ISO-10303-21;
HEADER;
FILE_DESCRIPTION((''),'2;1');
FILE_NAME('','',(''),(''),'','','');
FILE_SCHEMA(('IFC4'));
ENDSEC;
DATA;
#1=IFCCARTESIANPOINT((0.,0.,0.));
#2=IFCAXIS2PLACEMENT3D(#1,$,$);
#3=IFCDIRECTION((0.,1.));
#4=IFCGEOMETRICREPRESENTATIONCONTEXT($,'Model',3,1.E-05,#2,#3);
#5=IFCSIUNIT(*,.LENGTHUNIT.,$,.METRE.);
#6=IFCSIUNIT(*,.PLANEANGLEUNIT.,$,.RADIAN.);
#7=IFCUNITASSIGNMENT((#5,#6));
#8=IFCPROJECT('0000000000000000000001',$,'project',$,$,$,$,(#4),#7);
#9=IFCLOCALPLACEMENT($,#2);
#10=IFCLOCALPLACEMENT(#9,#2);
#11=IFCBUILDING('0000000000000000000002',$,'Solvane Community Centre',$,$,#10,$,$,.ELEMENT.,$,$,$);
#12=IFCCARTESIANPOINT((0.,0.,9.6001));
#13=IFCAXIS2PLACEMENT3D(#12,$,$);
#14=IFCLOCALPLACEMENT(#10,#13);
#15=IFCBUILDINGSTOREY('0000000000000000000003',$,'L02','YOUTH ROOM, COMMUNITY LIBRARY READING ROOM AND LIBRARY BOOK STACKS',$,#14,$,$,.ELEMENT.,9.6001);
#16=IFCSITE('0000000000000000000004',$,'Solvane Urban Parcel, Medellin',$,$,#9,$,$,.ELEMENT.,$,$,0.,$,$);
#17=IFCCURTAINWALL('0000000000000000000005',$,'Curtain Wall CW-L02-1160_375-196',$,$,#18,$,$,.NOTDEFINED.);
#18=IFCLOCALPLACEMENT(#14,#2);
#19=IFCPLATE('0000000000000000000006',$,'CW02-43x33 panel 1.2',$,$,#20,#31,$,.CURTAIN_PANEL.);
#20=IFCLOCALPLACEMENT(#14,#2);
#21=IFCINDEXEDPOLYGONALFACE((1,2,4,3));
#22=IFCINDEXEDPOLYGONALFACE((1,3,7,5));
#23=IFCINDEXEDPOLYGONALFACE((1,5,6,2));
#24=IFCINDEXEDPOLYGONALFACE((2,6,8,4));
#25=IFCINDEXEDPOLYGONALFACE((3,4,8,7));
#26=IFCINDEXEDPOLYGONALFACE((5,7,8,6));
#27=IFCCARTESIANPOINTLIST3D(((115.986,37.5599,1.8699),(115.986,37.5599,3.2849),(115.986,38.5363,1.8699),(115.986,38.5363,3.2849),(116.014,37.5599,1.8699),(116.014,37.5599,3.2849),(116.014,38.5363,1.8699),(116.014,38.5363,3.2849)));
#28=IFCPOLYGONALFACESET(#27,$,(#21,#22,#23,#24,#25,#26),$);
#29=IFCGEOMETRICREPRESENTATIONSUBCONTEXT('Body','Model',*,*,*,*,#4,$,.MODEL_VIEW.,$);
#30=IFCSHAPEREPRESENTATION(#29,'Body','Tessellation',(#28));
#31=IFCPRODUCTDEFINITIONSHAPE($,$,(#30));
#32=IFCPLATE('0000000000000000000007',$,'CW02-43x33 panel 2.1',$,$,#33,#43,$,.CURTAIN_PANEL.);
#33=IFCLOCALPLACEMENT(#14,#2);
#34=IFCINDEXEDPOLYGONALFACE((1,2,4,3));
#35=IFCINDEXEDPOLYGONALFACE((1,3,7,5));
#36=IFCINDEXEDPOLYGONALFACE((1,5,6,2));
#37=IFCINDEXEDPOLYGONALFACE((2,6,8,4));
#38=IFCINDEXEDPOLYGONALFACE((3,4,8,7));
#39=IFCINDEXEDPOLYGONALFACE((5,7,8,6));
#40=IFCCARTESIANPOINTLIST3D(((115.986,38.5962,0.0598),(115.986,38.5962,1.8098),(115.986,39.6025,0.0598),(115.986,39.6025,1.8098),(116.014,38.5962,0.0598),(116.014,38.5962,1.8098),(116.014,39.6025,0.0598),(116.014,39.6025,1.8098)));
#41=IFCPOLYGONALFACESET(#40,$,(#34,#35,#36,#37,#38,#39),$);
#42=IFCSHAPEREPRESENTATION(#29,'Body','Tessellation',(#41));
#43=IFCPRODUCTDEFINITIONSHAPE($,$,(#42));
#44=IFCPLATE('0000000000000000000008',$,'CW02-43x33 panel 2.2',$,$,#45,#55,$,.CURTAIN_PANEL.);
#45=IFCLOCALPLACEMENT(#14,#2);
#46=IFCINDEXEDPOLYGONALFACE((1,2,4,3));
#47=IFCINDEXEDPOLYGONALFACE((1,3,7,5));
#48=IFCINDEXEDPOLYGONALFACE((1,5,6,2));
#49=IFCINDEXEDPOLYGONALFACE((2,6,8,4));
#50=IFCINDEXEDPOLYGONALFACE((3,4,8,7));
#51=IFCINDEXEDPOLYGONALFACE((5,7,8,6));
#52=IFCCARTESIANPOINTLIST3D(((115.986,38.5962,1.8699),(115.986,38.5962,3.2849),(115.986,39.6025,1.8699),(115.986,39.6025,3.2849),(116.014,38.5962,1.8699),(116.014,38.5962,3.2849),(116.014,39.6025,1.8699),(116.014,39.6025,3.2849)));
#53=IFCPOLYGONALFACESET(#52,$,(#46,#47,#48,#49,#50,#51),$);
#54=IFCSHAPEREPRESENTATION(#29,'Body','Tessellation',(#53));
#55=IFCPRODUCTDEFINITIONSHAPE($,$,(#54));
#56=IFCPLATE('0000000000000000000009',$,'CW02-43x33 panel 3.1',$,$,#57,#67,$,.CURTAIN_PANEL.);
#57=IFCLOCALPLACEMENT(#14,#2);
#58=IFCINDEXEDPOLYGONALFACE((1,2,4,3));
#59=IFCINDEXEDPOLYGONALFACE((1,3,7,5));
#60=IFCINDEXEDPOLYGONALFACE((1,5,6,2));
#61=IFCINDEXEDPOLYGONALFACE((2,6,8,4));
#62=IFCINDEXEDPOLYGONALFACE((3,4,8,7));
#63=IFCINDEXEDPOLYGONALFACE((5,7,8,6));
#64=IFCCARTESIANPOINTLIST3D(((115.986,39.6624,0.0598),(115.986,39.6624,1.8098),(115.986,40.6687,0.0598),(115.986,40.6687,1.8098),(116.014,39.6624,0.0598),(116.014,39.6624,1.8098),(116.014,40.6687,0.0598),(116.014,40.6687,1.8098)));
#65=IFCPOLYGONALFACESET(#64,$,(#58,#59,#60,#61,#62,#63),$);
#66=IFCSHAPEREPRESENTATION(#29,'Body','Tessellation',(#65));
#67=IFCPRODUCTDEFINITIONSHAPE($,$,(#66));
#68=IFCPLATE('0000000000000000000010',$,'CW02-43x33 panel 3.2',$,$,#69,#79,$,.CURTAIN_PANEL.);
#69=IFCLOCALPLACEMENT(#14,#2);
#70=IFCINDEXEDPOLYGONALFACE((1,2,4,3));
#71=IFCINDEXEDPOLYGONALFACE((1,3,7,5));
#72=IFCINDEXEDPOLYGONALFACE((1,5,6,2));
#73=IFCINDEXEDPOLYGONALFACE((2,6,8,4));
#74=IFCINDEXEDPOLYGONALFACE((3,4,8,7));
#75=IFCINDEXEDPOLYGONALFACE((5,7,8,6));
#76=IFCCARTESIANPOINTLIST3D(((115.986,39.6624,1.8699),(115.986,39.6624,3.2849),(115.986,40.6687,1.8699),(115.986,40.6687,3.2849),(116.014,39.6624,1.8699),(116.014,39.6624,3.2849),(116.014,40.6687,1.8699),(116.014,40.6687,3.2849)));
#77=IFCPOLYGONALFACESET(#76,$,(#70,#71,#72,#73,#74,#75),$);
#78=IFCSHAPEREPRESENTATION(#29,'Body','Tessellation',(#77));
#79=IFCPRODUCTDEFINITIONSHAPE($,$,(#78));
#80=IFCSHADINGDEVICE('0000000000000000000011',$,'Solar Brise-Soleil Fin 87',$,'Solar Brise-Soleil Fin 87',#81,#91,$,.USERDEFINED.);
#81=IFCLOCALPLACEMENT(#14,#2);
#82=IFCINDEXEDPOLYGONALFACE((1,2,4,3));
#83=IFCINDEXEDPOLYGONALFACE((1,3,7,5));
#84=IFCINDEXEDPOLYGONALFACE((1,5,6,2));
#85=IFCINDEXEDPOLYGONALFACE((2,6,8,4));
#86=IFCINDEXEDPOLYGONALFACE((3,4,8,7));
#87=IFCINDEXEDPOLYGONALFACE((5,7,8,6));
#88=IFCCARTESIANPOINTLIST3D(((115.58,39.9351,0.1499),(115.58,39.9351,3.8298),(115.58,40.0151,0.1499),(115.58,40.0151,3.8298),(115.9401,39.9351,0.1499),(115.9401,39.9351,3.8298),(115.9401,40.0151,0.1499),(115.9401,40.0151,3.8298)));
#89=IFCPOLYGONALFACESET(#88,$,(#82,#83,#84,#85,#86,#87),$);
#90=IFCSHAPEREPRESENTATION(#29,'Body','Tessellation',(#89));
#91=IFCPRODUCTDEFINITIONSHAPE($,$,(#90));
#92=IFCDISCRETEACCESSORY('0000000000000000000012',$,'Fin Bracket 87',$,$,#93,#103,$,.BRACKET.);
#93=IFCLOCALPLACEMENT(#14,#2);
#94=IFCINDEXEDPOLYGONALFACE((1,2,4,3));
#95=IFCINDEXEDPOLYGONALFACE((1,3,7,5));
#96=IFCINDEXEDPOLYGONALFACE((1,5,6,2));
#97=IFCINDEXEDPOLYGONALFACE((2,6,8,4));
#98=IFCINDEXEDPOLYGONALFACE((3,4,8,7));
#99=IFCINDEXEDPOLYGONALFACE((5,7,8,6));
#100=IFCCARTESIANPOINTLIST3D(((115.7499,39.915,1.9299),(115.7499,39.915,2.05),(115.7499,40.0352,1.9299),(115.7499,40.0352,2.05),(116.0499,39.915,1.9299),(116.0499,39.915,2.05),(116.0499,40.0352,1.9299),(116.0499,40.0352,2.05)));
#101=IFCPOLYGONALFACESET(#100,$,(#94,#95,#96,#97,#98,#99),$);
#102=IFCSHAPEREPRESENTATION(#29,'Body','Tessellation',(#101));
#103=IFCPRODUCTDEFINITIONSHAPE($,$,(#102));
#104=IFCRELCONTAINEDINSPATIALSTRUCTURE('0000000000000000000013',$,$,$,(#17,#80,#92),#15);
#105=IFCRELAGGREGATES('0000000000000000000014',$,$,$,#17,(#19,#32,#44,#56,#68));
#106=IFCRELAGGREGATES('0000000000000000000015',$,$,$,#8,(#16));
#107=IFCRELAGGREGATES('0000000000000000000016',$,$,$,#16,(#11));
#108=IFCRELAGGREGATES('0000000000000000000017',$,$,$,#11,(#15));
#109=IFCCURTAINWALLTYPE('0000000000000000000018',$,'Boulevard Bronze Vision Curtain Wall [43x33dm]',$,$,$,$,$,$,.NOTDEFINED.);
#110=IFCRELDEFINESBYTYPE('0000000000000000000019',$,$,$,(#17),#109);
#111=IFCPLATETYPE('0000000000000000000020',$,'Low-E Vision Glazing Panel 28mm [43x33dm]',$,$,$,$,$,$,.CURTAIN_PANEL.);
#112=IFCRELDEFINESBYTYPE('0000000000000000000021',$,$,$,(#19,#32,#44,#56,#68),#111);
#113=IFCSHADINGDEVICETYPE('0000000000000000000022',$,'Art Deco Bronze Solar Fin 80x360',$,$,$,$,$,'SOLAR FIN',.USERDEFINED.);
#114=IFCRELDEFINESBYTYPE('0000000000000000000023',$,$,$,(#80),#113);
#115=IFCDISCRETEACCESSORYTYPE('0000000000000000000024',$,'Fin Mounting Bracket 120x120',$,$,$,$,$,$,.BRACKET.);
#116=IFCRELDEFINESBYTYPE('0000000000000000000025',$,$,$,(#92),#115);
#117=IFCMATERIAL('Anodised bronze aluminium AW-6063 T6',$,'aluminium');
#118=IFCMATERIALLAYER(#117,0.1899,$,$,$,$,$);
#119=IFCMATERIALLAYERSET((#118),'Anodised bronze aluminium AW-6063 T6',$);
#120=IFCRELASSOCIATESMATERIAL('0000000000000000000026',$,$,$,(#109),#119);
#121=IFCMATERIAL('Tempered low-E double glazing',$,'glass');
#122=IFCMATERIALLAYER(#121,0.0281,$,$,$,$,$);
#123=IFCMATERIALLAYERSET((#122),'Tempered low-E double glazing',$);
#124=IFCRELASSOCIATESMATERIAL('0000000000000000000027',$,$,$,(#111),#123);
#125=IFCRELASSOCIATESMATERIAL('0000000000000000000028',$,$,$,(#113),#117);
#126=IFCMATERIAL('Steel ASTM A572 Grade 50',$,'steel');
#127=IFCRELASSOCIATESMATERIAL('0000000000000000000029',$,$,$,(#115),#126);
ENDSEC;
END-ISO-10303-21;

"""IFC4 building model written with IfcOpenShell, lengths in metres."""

from ifc_helpers import new_model, si_unit, direction, frame, origin, origin_2d, place, context, subcontext, project, spatial, rectangle, extrude, material, layer, layer_set, type_object, element, aggregate, save


model = new_model("IFC4")

# Units and contexts
model_context = context("Model", 3, precision=1e-05, world=origin(), true_north=direction((0.0, 1.0)))
body_context = subcontext(model_context, "Body", "Model", "MODEL_VIEW")
ifc_project = project(units=[si_unit("LENGTHUNIT", "METRE"), si_unit("PLANEANGLEUNIT", "RADIAN")], contexts=[model_context])

# Site, building, storey
site_placement = place(None, origin())
site = spatial("IfcSite", under=ifc_project, at=site_placement, Name="Solvane Urban Parcel, Medellin", CompositionType="ELEMENT", RefElevation=0.0)
building_placement = place(site_placement, origin())
building = spatial("IfcBuilding", under=site, at=building_placement, Name="Solvane Community Centre", CompositionType="ELEMENT")
storey_placement = place(building_placement, frame((0.0, 0.0, 9.6001)))
storey = spatial("IfcBuildingStorey", under=building, at=storey_placement, Name="L02", Description="YOUTH ROOM, COMMUNITY LIBRARY READING ROOM AND LIBRARY BOOK STACKS", CompositionType="ELEMENT", Elevation=9.6001)

# Curtain wall
ifc_material_1 = material(Name="Anodised bronze aluminium AW-6063 T6", Category="aluminium")
ifc_layer_1 = layer(ifc_material_1, 0.1899)
ifc_layer_set_1 = layer_set([ifc_layer_1], Name="Anodised bronze aluminium AW-6063 T6")
curtain_wall_type = type_object("IfcCurtainWallType", Name="Boulevard Bronze Vision Curtain Wall [43x33dm]", PredefinedType="NOTDEFINED", material=ifc_layer_set_1)
curtain_wall_placement = place(storey_placement, origin())
curtain_wall = element("IfcCurtainWall", 1, at=curtain_wall_placement, inside=storey, type_object=curtain_wall_type, Name="Curtain Wall CW-L02-1160_375-196", PredefinedType="NOTDEFINED")

# Plates
ifc_material_2 = material(Name="Tempered low-E double glazing", Category="glass")
ifc_layer_2 = layer(ifc_material_2, 0.0281)
ifc_layer_set_2 = layer_set([ifc_layer_2], Name="Tempered low-E double glazing")
plate_type = type_object("IfcPlateType", Name="Low-E Vision Glazing Panel 28mm [43x33dm]", PredefinedType="CURTAIN_PANEL", material=ifc_layer_set_2)
plate_1_placement = place(storey_placement, frame((116.0, 38.0481, 1.8699), z_axis=(0.0, 0.0, 1.0), x_axis=(0.0, 1.0, 0.0)))
plate_1 = element("IfcPlate", 2, at=plate_1_placement, type_object=plate_type, Name="CW02-43x33 panel 1.2", PredefinedType="CURTAIN_PANEL", context=body_context, shape_type="SweptSolid", body=[
    extrude(rectangle(XDim=0.9763, YDim=0.0281, at=origin_2d()), origin(), (0.0, 0.0, 1.0), 1.415),
])
plate_2_placement = place(storey_placement, frame((116.0, 39.0994, 0.0598), z_axis=(0.0, 0.0, 1.0), x_axis=(0.0, 1.0, 0.0)))
plate_2 = element("IfcPlate", 3, at=plate_2_placement, type_object=plate_type, Name="CW02-43x33 panel 2.1", PredefinedType="CURTAIN_PANEL", context=body_context, shape_type="SweptSolid", body=[
    extrude(rectangle(XDim=1.0063, YDim=0.0281, at=origin_2d()), origin(), (0.0, 0.0, 1.0), 1.75),
])
plate_3_placement = place(storey_placement, frame((116.0, 39.0994, 1.8699), z_axis=(0.0, 0.0, 1.0), x_axis=(0.0, 1.0, 0.0)))
plate_3 = element("IfcPlate", 4, at=plate_3_placement, type_object=plate_type, Name="CW02-43x33 panel 2.2", PredefinedType="CURTAIN_PANEL", context=body_context, shape_type="SweptSolid", body=[
    extrude(rectangle(XDim=1.0063, YDim=0.0281, at=origin_2d()), origin(), (0.0, 0.0, 1.0), 1.415),
])
plate_4_placement = place(storey_placement, frame((116.0, 40.1655, 0.0598), z_axis=(0.0, 0.0, 1.0), x_axis=(0.0, 1.0, 0.0)))
plate_4 = element("IfcPlate", 5, at=plate_4_placement, type_object=plate_type, Name="CW02-43x33 panel 3.1", PredefinedType="CURTAIN_PANEL", context=body_context, shape_type="SweptSolid", body=[
    extrude(rectangle(XDim=1.0063, YDim=0.0281, at=origin_2d()), origin(), (0.0, 0.0, 1.0), 1.75),
])
plate_5_placement = place(storey_placement, frame((116.0, 40.1655, 1.8699), z_axis=(0.0, 0.0, 1.0), x_axis=(0.0, 1.0, 0.0)))
plate_5 = element("IfcPlate", 6, at=plate_5_placement, type_object=plate_type, Name="CW02-43x33 panel 3.2", PredefinedType="CURTAIN_PANEL", context=body_context, shape_type="SweptSolid", body=[
    extrude(rectangle(XDim=1.0063, YDim=0.0281, at=origin_2d()), origin(), (0.0, 0.0, 1.0), 1.415),
])
aggregate(curtain_wall, [plate_1, plate_2, plate_3, plate_4, plate_5])

# Shading device
shading_device_type = type_object("IfcShadingDeviceType", Name="Art Deco Bronze Solar Fin 80x360", ElementType="SOLAR FIN", PredefinedType="USERDEFINED", material=ifc_material_1)
shading_device_placement = place(storey_placement, frame((115.76, 39.9751, 0.1499), z_axis=(0.0, 0.0, 1.0), x_axis=(0.0, 1.0, 0.0)))
element("IfcShadingDevice", 7, at=shading_device_placement, inside=storey, type_object=shading_device_type, Name="Solar Brise-Soleil Fin 87", ObjectType="Solar Brise-Soleil Fin 87", PredefinedType="USERDEFINED", context=body_context, shape_type="SweptSolid", body=[
    extrude(rectangle(XDim=0.0801, YDim=0.3601, at=origin_2d()), origin(), (0.0, 0.0, 1.0), 3.6799),
])

# Discrete accessory
ifc_material_3 = material(Name="Steel ASTM A572 Grade 50", Category="steel")
discrete_accessory_type = type_object("IfcDiscreteAccessoryType", Name="Fin Mounting Bracket 120x120", PredefinedType="BRACKET", material=ifc_material_3)
discrete_accessory_placement = place(storey_placement, frame((115.8999, 39.9751, 1.9299), z_axis=(0.0, 0.0, 1.0), x_axis=(0.0, 1.0, 0.0)))
element("IfcDiscreteAccessory", 8, at=discrete_accessory_placement, inside=storey, type_object=discrete_accessory_type, Name="Fin Bracket 87", PredefinedType="BRACKET", context=body_context, shape_type="SweptSolid", body=[
    extrude(rectangle(XDim=0.1201, YDim=0.3, at=origin_2d()), origin(), (0.0, 0.0, 1.0), 0.1201),
])

save(model, "model.ifc")
